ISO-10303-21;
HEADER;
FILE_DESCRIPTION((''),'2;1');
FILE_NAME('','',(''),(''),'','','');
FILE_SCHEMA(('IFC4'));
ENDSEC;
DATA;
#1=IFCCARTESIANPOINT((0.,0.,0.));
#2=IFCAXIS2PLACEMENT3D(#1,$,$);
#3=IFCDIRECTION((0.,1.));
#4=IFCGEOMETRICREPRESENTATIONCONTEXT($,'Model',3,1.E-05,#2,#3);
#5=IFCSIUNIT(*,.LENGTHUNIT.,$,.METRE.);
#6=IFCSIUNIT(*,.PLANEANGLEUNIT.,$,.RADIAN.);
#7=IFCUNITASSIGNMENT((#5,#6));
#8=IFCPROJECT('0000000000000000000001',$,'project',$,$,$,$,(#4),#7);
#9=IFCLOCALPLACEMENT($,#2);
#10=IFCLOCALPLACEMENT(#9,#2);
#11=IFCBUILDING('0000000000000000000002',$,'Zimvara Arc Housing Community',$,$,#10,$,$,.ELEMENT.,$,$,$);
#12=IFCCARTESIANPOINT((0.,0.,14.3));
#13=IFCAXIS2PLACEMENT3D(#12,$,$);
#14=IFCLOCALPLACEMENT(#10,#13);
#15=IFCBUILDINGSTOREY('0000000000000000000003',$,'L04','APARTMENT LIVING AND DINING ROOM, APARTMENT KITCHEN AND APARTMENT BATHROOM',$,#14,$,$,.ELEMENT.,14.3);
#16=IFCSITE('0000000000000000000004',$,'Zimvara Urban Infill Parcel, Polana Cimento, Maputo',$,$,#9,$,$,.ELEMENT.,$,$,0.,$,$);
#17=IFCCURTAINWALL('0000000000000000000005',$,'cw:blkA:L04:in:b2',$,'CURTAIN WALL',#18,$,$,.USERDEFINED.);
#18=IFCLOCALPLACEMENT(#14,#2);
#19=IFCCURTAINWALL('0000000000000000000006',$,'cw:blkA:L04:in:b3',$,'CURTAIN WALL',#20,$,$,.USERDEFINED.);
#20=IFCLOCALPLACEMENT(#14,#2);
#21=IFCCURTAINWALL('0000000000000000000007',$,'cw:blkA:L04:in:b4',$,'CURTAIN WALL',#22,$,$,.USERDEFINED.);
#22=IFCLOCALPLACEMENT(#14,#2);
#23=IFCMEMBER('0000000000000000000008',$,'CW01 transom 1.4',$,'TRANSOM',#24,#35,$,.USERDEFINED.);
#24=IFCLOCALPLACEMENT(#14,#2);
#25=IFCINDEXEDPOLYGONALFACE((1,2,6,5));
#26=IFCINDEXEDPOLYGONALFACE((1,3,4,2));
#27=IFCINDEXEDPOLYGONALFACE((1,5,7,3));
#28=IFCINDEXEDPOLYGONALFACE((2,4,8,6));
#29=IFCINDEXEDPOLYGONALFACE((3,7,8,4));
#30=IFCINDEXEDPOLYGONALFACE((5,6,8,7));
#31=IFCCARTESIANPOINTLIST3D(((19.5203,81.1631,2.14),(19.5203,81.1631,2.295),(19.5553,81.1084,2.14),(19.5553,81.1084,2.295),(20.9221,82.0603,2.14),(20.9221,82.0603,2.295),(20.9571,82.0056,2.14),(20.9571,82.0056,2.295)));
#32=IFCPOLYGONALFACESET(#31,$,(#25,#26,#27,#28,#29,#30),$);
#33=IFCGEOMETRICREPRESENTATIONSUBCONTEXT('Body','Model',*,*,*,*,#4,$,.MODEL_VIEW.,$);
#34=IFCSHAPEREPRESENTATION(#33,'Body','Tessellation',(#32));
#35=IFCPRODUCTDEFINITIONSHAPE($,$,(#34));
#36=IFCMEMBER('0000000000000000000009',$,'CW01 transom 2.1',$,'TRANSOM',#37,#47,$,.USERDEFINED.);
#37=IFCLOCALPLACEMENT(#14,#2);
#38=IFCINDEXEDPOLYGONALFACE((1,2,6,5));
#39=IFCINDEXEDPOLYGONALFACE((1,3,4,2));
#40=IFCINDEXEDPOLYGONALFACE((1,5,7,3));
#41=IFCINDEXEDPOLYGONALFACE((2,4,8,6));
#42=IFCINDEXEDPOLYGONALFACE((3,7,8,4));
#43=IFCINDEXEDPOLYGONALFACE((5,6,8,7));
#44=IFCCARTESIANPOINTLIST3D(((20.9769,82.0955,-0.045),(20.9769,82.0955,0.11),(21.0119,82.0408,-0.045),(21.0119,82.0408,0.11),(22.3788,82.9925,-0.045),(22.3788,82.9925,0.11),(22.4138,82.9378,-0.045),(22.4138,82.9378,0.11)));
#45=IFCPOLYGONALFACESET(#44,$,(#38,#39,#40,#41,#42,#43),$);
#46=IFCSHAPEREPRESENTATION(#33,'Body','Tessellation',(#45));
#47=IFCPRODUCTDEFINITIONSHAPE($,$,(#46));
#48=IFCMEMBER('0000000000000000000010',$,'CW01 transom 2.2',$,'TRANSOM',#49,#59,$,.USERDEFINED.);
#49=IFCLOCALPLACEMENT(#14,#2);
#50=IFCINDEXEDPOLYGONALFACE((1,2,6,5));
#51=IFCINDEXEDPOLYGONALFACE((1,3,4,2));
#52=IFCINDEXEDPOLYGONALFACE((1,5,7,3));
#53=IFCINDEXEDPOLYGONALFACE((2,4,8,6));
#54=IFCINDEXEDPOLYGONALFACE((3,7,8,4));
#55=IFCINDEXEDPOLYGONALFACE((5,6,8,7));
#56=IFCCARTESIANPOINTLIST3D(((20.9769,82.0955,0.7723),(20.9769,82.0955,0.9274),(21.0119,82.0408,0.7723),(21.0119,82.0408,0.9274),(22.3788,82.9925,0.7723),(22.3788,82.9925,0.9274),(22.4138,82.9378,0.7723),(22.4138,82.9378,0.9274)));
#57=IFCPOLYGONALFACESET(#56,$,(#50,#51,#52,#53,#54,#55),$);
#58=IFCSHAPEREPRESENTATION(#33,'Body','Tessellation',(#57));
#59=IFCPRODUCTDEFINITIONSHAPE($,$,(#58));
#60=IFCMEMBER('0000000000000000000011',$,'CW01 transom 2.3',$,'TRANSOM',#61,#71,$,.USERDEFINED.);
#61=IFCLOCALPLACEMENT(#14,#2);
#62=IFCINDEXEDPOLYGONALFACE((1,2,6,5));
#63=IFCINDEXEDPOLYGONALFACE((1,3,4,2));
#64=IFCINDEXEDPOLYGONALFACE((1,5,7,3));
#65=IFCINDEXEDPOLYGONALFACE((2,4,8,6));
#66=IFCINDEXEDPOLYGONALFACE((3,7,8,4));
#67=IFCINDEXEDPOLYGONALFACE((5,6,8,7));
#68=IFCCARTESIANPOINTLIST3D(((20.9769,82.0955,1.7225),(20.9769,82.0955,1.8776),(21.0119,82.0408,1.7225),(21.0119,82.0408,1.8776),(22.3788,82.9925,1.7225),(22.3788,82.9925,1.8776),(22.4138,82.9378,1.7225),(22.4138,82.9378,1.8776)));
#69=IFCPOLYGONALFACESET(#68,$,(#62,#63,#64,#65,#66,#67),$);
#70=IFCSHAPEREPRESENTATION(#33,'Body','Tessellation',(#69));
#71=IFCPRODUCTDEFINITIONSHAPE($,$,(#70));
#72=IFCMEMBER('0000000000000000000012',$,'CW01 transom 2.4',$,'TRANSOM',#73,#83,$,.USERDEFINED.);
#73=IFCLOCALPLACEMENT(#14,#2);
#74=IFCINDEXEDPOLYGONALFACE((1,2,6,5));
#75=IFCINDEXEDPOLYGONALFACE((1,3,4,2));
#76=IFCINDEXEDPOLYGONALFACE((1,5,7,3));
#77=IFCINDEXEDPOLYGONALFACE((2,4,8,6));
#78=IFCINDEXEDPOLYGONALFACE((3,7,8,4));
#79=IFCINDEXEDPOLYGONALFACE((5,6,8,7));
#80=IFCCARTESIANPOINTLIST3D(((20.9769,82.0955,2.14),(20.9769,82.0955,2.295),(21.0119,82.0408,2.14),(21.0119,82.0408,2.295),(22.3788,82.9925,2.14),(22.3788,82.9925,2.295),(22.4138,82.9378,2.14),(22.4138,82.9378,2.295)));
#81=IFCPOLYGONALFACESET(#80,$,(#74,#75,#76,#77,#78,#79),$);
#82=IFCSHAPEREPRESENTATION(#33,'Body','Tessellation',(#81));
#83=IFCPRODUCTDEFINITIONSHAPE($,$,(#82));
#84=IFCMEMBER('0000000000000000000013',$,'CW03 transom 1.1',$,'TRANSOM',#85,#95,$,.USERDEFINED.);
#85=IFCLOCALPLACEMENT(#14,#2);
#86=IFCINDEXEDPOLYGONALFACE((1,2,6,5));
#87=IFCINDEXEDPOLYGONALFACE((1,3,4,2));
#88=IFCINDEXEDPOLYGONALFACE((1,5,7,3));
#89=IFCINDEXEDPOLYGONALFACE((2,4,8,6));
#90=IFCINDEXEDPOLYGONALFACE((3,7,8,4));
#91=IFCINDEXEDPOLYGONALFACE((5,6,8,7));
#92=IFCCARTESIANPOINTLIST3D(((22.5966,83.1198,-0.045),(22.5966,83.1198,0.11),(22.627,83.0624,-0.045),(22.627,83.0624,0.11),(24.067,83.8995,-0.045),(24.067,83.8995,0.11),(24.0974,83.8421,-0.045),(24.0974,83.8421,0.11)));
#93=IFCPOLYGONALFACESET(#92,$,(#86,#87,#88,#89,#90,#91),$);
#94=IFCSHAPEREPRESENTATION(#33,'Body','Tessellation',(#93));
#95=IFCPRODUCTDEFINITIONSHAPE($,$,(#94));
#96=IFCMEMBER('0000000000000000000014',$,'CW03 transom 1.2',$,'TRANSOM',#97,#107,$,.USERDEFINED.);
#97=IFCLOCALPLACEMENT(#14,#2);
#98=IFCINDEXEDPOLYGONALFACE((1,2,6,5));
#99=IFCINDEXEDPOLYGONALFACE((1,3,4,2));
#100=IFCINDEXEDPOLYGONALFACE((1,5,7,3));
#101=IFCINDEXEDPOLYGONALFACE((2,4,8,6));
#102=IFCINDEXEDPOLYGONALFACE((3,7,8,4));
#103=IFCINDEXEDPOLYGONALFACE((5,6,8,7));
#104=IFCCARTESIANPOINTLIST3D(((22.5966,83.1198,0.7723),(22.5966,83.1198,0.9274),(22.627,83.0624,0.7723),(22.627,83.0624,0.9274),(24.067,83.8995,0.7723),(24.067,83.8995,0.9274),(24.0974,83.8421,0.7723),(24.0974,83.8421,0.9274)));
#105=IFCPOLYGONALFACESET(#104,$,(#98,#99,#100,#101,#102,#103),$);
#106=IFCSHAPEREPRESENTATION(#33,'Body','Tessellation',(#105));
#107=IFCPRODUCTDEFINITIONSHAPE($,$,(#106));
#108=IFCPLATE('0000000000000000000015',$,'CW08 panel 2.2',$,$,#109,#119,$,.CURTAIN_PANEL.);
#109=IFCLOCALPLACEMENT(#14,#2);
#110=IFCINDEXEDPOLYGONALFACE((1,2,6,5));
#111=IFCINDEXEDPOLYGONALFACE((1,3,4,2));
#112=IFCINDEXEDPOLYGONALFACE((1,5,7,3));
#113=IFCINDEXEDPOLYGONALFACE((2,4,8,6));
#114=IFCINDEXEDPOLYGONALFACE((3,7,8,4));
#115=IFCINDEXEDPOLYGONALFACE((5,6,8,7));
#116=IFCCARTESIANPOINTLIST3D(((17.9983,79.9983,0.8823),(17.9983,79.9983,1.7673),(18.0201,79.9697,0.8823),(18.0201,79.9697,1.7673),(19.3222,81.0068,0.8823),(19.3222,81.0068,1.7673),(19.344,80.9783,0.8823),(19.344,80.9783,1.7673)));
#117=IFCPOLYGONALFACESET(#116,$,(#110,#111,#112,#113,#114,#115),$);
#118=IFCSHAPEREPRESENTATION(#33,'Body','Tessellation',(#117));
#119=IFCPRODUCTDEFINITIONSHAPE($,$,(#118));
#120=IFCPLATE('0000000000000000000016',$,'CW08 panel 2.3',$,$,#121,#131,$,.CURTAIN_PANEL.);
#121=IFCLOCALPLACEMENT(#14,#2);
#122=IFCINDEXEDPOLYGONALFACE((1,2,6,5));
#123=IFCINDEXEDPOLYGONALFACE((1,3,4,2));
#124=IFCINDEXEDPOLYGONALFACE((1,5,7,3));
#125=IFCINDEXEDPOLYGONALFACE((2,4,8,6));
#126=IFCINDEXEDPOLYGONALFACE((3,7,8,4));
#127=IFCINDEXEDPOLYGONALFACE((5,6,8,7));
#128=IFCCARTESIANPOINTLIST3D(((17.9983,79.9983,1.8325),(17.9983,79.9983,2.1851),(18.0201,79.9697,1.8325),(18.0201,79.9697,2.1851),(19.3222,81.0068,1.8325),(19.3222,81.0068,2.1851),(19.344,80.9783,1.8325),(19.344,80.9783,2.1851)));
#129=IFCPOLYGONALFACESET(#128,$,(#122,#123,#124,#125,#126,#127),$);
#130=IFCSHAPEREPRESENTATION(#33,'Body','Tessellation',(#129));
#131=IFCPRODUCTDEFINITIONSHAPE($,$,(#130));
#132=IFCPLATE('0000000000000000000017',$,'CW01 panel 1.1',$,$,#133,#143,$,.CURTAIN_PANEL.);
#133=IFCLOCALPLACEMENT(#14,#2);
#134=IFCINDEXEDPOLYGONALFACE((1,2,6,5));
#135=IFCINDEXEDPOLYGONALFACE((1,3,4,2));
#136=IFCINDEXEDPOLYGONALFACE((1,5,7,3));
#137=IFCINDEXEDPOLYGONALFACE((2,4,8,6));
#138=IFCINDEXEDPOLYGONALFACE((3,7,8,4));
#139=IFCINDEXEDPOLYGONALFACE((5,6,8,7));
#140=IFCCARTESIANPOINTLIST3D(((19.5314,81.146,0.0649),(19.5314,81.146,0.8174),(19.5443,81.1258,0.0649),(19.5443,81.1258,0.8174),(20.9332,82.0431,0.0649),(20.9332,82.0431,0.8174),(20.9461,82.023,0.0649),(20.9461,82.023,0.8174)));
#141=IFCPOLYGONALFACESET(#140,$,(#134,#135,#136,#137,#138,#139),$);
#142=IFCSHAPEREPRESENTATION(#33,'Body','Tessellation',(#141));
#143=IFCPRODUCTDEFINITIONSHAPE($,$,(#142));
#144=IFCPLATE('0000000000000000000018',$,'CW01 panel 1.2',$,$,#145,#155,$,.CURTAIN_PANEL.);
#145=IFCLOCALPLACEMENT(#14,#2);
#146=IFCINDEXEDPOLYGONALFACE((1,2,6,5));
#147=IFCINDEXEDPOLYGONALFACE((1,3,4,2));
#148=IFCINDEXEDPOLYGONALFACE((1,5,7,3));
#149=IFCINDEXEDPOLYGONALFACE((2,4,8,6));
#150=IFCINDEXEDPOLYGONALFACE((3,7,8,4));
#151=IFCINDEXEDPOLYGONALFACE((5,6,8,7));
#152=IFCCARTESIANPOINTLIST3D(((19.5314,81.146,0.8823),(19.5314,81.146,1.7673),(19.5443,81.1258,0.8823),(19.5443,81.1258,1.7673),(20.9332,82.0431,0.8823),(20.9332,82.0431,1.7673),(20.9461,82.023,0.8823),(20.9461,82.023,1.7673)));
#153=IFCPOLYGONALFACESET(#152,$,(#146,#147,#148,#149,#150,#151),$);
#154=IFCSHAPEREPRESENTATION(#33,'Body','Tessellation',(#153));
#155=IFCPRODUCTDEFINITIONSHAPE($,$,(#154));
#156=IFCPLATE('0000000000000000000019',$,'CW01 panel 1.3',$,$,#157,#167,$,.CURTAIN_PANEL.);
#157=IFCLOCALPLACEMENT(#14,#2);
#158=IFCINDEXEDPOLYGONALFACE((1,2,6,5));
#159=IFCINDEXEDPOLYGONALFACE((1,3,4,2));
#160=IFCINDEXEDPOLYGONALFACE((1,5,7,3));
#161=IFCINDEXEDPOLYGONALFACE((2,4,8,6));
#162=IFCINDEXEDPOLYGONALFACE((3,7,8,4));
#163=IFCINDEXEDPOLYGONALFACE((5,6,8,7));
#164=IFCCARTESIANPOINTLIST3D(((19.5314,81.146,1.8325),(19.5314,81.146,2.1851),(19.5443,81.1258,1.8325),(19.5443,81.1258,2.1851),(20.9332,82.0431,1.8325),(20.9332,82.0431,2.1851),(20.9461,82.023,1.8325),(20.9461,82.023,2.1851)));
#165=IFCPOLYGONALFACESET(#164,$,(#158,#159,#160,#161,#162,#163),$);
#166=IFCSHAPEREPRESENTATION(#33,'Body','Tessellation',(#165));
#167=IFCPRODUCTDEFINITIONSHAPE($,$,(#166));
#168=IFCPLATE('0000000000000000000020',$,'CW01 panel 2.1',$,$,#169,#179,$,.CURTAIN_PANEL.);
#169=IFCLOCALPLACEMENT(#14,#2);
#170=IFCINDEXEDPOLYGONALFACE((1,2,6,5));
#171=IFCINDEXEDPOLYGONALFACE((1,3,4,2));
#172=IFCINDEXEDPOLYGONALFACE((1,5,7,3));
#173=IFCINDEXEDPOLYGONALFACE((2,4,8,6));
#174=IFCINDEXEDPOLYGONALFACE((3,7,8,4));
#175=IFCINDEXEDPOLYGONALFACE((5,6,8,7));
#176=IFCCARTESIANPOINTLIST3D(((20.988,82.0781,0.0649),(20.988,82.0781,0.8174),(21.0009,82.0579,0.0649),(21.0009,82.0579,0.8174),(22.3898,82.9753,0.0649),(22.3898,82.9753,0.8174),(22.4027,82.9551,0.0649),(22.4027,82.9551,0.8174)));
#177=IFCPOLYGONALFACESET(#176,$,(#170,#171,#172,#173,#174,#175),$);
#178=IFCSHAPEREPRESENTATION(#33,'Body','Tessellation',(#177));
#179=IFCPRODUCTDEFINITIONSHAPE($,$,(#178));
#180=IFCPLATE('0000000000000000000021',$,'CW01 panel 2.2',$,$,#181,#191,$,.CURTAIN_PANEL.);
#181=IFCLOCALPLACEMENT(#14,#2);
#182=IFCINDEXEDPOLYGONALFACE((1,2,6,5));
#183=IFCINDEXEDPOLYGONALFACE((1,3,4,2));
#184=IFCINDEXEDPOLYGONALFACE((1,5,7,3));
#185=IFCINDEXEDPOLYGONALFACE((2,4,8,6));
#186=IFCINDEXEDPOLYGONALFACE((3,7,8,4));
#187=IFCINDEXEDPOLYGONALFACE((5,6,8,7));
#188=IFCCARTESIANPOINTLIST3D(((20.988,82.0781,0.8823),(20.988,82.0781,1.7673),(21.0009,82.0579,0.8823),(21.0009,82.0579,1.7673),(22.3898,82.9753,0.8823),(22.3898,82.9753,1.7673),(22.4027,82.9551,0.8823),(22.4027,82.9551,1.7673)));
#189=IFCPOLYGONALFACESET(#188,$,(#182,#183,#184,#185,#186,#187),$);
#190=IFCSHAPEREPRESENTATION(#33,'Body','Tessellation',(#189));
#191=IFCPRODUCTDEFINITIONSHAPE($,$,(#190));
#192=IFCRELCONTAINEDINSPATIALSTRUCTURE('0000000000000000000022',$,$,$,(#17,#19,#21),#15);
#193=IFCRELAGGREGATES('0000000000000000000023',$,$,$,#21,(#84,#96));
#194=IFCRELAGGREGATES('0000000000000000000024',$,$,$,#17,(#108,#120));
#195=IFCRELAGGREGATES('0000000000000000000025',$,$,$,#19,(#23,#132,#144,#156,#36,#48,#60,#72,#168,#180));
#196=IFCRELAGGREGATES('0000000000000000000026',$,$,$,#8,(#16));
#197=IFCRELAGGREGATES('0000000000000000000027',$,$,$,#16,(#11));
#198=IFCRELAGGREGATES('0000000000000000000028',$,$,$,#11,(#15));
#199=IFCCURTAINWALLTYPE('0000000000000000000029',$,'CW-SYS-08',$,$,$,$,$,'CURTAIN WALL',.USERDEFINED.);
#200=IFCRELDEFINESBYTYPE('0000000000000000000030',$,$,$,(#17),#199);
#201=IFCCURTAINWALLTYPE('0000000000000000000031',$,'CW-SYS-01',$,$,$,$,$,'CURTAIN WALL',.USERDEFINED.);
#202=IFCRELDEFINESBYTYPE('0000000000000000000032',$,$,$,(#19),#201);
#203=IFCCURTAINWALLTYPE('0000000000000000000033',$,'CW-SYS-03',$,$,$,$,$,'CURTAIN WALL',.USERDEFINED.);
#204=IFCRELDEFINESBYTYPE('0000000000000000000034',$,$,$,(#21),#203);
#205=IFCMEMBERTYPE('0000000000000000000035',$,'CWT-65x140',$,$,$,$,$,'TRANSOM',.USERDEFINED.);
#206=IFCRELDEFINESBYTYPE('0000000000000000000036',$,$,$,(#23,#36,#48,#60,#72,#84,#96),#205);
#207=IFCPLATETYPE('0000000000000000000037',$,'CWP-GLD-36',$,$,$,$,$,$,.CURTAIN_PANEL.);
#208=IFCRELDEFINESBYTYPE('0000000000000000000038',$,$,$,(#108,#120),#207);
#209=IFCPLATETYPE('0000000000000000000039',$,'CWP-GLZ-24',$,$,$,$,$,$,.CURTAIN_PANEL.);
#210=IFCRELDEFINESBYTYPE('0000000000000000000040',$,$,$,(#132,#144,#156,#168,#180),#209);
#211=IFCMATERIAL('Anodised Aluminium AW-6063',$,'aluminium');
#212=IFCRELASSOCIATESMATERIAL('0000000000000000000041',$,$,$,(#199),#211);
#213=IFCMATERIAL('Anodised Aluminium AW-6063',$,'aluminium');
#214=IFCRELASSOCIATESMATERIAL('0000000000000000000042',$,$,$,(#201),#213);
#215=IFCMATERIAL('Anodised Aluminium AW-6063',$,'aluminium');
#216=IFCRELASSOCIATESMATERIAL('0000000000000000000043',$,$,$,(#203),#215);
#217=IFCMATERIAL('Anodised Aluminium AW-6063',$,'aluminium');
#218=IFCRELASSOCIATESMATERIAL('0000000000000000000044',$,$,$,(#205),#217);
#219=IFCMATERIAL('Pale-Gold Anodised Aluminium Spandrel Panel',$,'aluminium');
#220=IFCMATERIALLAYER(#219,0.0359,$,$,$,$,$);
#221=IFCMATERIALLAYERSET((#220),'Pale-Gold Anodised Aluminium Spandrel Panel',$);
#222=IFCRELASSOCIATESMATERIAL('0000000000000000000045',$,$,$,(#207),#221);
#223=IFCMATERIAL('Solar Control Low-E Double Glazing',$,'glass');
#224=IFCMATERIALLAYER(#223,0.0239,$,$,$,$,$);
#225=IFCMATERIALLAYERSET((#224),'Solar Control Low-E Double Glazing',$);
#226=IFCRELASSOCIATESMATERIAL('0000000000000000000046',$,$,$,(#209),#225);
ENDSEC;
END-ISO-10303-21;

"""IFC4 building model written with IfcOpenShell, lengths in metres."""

from ifc_helpers import new_model, si_unit, direction, frame, origin, origin_2d, place, context, subcontext, project, spatial, rectangle, extrude, material, layer, layer_set, material_profile, profile_set, type_object, element, aggregate, save


model = new_model("IFC4")

# Units and contexts
model_context = context("Model", 3, precision=1e-05, world=origin(), true_north=direction((0.0, 1.0)))
body_context = subcontext(model_context, "Body", "Model", "MODEL_VIEW")
ifc_project = project(units=[si_unit("LENGTHUNIT", "METRE"), si_unit("PLANEANGLEUNIT", "RADIAN")], contexts=[model_context])

# Site, building, storey
site_placement = place(None, origin())
site = spatial("IfcSite", under=ifc_project, at=site_placement, Name="Zimvara Urban Infill Parcel, Polana Cimento, Maputo", CompositionType="ELEMENT", RefElevation=0.0)
building_placement = place(site_placement, origin())
building = spatial("IfcBuilding", under=site, at=building_placement, Name="Zimvara Arc Housing Community", CompositionType="ELEMENT")
storey_placement = place(building_placement, frame((0.0, 0.0, 14.3)))
storey = spatial("IfcBuildingStorey", under=building, at=storey_placement, Name="L04", Description="APARTMENT LIVING AND DINING ROOM, APARTMENT KITCHEN AND APARTMENT BATHROOM", CompositionType="ELEMENT", Elevation=14.3)

# Curtain wall
ifc_material_1 = material(Name="Anodised Aluminium AW-6063", Category="aluminium")
curtain_wall_type_1 = type_object("IfcCurtainWallType", Name="CW-SYS-08", ElementType="CURTAIN WALL", PredefinedType="USERDEFINED", material=ifc_material_1)
curtain_wall_1_placement = place(storey_placement, origin())
curtain_wall_1 = element("IfcCurtainWall", 1, at=curtain_wall_1_placement, inside=storey, type_object=curtain_wall_type_1, Name="cw:blkA:L04:in:b2", ObjectType="CURTAIN WALL", PredefinedType="USERDEFINED")

# Curtain wall
ifc_material_2 = material(Name="Anodised Aluminium AW-6063", Category="aluminium")
curtain_wall_type_2 = type_object("IfcCurtainWallType", Name="CW-SYS-01", ElementType="CURTAIN WALL", PredefinedType="USERDEFINED", material=ifc_material_2)
curtain_wall_2_placement = place(storey_placement, origin())
curtain_wall_2 = element("IfcCurtainWall", 2, at=curtain_wall_2_placement, inside=storey, type_object=curtain_wall_type_2, Name="cw:blkA:L04:in:b3", ObjectType="CURTAIN WALL", PredefinedType="USERDEFINED")

# Curtain wall
ifc_material_3 = material(Name="Anodised Aluminium AW-6063", Category="aluminium")
curtain_wall_type_3 = type_object("IfcCurtainWallType", Name="CW-SYS-03", ElementType="CURTAIN WALL", PredefinedType="USERDEFINED", material=ifc_material_3)
curtain_wall_3_placement = place(storey_placement, origin())
curtain_wall_3 = element("IfcCurtainWall", 3, at=curtain_wall_3_placement, inside=storey, type_object=curtain_wall_type_3, Name="cw:blkA:L04:in:b4", ObjectType="CURTAIN WALL", PredefinedType="USERDEFINED")

# Members
ifc_material_4 = material(Name="Anodised Aluminium AW-6063", Category="aluminium")
ifc_material_profile_1 = material_profile(ifc_material_4, rectangle(XDim=0.0649, YDim=0.155, at=origin_2d()), Name="ALU 65x155")
ifc_profile_set_1 = profile_set([ifc_material_profile_1], Name="Anodised Aluminium AW-6063")
member_type_1 = type_object("IfcMemberType", Name="CWT-65x140", ElementType="TRANSOM", PredefinedType="USERDEFINED", material=ifc_profile_set_1)
member_1_placement = place(storey_placement, frame((19.5378, 81.1357, 2.2175), z_axis=(0.842263, 0.539066, 0.0), x_axis=(-0.539066, 0.842263, 0.0)))
member_1 = element("IfcMember", 4, at=member_1_placement, type_object=member_type_1, Name="CW01 transom 1.4", ObjectType="TRANSOM", PredefinedType="USERDEFINED", context=body_context, shape_type="SweptSolid", body=[
    extrude(rectangle(XDim=0.0649, YDim=0.155, at=origin_2d()), origin(), (0.0, 0.0, 1.0), 1.6643),
])
member_2_placement = place(storey_placement, frame((20.9944, 82.0681, 0.0325), z_axis=(0.84233, 0.538962, 0.0), x_axis=(-0.538962, 0.84233, 0.0)))
member_2 = element("IfcMember", 5, at=member_2_placement, type_object=member_type_1, Name="CW01 transom 2.1", ObjectType="TRANSOM", PredefinedType="USERDEFINED", context=body_context, shape_type="SweptSolid", body=[
    extrude(rectangle(XDim=0.0649, YDim=0.155, at=origin_2d()), origin(), (0.0, 0.0, 1.0), 1.6643),
])
member_3_placement = place(storey_placement, frame((20.9944, 82.0681, 0.8499), z_axis=(0.84233, 0.538962, 0.0), x_axis=(-0.538962, 0.84233, 0.0)))
member_3 = element("IfcMember", 6, at=member_3_placement, type_object=member_type_1, Name="CW01 transom 2.2", ObjectType="TRANSOM", PredefinedType="USERDEFINED", context=body_context, shape_type="SweptSolid", body=[
    extrude(rectangle(XDim=0.0649, YDim=0.155, at=origin_2d()), origin(), (0.0, 0.0, 1.0), 1.6643),
])
member_4_placement = place(storey_placement, frame((20.9944, 82.0681, 1.8), z_axis=(0.84233, 0.538962, 0.0), x_axis=(-0.538962, 0.84233, 0.0)))
member_4 = element("IfcMember", 7, at=member_4_placement, type_object=member_type_1, Name="CW01 transom 2.3", ObjectType="TRANSOM", PredefinedType="USERDEFINED", context=body_context, shape_type="SweptSolid", body=[
    extrude(rectangle(XDim=0.0649, YDim=0.155, at=origin_2d()), origin(), (0.0, 0.0, 1.0), 1.6643),
])
member_5_placement = place(storey_placement, frame((20.9944, 82.0681, 2.2175), z_axis=(0.84233, 0.538962, 0.0), x_axis=(-0.538962, 0.84233, 0.0)))
member_5 = element("IfcMember", 8, at=member_5_placement, type_object=member_type_1, Name="CW01 transom 2.4", ObjectType="TRANSOM", PredefinedType="USERDEFINED", context=body_context, shape_type="SweptSolid", body=[
    extrude(rectangle(XDim=0.0649, YDim=0.155, at=origin_2d()), origin(), (0.0, 0.0, 1.0), 1.6643),
])
member_6_placement = place(storey_placement, frame((22.6118, 83.0911, 0.0325), z_axis=(0.883463, 0.468501, 0.0), x_axis=(-0.468501, 0.883463, 0.0)))
member_6 = element("IfcMember", 9, at=member_6_placement, type_object=member_type_1, Name="CW03 transom 1.1", ObjectType="TRANSOM", PredefinedType="USERDEFINED", context=body_context, shape_type="SweptSolid", body=[
    extrude(rectangle(XDim=0.0649, YDim=0.155, at=origin_2d()), origin(), (0.0, 0.0, 1.0), 1.6643),
])
member_7_placement = place(storey_placement, frame((22.6118, 83.0911, 0.8499), z_axis=(0.883463, 0.468501, 0.0), x_axis=(-0.468501, 0.883463, 0.0)))
member_7 = element("IfcMember", 10, at=member_7_placement, type_object=member_type_1, Name="CW03 transom 1.2", ObjectType="TRANSOM", PredefinedType="USERDEFINED", context=body_context, shape_type="SweptSolid", body=[
    extrude(rectangle(XDim=0.0649, YDim=0.155, at=origin_2d()), origin(), (0.0, 0.0, 1.0), 1.6643),
])
aggregate(curtain_wall_3, [member_6, member_7])

# Plates
ifc_material_5 = material(Name="Pale-Gold Anodised Aluminium Spandrel Panel", Category="aluminium")
ifc_layer_1 = layer(ifc_material_5, 0.0359)
ifc_layer_set_1 = layer_set([ifc_layer_1], Name="Pale-Gold Anodised Aluminium Spandrel Panel")
plate_type_1 = type_object("IfcPlateType", Name="CWP-GLD-36", PredefinedType="CURTAIN_PANEL", material=ifc_layer_set_1)
plate_1_placement = place(storey_placement, frame((18.6711, 80.4883, 0.8823), z_axis=(0.0, 0.0, 1.0), x_axis=(0.795474, 0.605988, 0.0)))
plate_1 = element("IfcPlate", 11, at=plate_1_placement, type_object=plate_type_1, Name="CW08 panel 2.2", PredefinedType="CURTAIN_PANEL", context=body_context, shape_type="SweptSolid", body=[
    extrude(rectangle(XDim=1.6643, YDim=0.0359, at=origin_2d()), origin(), (0.0, 0.0, 1.0), 0.885),
])
plate_2_placement = place(storey_placement, frame((18.6711, 80.4883, 1.8325), z_axis=(0.0, 0.0, 1.0), x_axis=(0.795474, 0.605988, 0.0)))
plate_2 = element("IfcPlate", 12, at=plate_2_placement, type_object=plate_type_1, Name="CW08 panel 2.3", PredefinedType="CURTAIN_PANEL", context=body_context, shape_type="SweptSolid", body=[
    extrude(rectangle(XDim=1.6643, YDim=0.0359, at=origin_2d()), origin(), (0.0, 0.0, 1.0), 0.3525),
])
aggregate(curtain_wall_1, [plate_1, plate_2])
ifc_material_6 = material(Name="Solar Control Low-E Double Glazing", Category="glass")
ifc_layer_2 = layer(ifc_material_6, 0.0239)
ifc_layer_set_2 = layer_set([ifc_layer_2], Name="Solar Control Low-E Double Glazing")
plate_type_2 = type_object("IfcPlateType", Name="CWP-GLZ-24", PredefinedType="CURTAIN_PANEL", material=ifc_layer_set_2)
plate_3_placement = place(storey_placement, frame((20.2388, 81.5845, 0.0649), z_axis=(0.0, 0.0, 1.0), x_axis=(0.842265, 0.539064, 0.0)))
plate_3 = element("IfcPlate", 13, at=plate_3_placement, type_object=plate_type_2, Name="CW01 panel 1.1", PredefinedType="CURTAIN_PANEL", context=body_context, shape_type="SweptSolid", body=[
    extrude(rectangle(XDim=1.6643, YDim=0.0239, at=origin_2d()), origin(), (0.0, 0.0, 1.0), 0.7524),
])
plate_4_placement = place(storey_placement, frame((20.2388, 81.5845, 0.8823), z_axis=(0.0, 0.0, 1.0), x_axis=(0.842265, 0.539064, 0.0)))
plate_4 = element("IfcPlate", 14, at=plate_4_placement, type_object=plate_type_2, Name="CW01 panel 1.2", PredefinedType="CURTAIN_PANEL", context=body_context, shape_type="SweptSolid", body=[
    extrude(rectangle(XDim=1.6643, YDim=0.0239, at=origin_2d()), origin(), (0.0, 0.0, 1.0), 0.885),
])
plate_5_placement = place(storey_placement, frame((20.2388, 81.5845, 1.8325), z_axis=(0.0, 0.0, 1.0), x_axis=(0.842265, 0.539064, 0.0)))
plate_5 = element("IfcPlate", 15, at=plate_5_placement, type_object=plate_type_2, Name="CW01 panel 1.3", PredefinedType="CURTAIN_PANEL", context=body_context, shape_type="SweptSolid", body=[
    extrude(rectangle(XDim=1.6643, YDim=0.0239, at=origin_2d()), origin(), (0.0, 0.0, 1.0), 0.3525),
])
plate_6_placement = place(storey_placement, frame((21.6953, 82.5166, 0.0649), z_axis=(0.0, 0.0, 1.0), x_axis=(0.842265, 0.539064, 0.0)))
plate_6 = element("IfcPlate", 16, at=plate_6_placement, type_object=plate_type_2, Name="CW01 panel 2.1", PredefinedType="CURTAIN_PANEL", context=body_context, shape_type="SweptSolid", body=[
    extrude(rectangle(XDim=1.6643, YDim=0.0239, at=origin_2d()), origin(), (0.0, 0.0, 1.0), 0.7524),
])
plate_7_placement = place(storey_placement, frame((21.6953, 82.5166, 0.8823), z_axis=(0.0, 0.0, 1.0), x_axis=(0.842265, 0.539064, 0.0)))
plate_7 = element("IfcPlate", 17, at=plate_7_placement, type_object=plate_type_2, Name="CW01 panel 2.2", PredefinedType="CURTAIN_PANEL", context=body_context, shape_type="SweptSolid", body=[
    extrude(rectangle(XDim=1.6643, YDim=0.0239, at=origin_2d()), origin(), (0.0, 0.0, 1.0), 0.885),
])
aggregate(curtain_wall_2, [member_1, plate_3, plate_4, plate_5, member_2, member_3, member_4, member_5, plate_6, plate_7])

save(model, "model.ifc")
